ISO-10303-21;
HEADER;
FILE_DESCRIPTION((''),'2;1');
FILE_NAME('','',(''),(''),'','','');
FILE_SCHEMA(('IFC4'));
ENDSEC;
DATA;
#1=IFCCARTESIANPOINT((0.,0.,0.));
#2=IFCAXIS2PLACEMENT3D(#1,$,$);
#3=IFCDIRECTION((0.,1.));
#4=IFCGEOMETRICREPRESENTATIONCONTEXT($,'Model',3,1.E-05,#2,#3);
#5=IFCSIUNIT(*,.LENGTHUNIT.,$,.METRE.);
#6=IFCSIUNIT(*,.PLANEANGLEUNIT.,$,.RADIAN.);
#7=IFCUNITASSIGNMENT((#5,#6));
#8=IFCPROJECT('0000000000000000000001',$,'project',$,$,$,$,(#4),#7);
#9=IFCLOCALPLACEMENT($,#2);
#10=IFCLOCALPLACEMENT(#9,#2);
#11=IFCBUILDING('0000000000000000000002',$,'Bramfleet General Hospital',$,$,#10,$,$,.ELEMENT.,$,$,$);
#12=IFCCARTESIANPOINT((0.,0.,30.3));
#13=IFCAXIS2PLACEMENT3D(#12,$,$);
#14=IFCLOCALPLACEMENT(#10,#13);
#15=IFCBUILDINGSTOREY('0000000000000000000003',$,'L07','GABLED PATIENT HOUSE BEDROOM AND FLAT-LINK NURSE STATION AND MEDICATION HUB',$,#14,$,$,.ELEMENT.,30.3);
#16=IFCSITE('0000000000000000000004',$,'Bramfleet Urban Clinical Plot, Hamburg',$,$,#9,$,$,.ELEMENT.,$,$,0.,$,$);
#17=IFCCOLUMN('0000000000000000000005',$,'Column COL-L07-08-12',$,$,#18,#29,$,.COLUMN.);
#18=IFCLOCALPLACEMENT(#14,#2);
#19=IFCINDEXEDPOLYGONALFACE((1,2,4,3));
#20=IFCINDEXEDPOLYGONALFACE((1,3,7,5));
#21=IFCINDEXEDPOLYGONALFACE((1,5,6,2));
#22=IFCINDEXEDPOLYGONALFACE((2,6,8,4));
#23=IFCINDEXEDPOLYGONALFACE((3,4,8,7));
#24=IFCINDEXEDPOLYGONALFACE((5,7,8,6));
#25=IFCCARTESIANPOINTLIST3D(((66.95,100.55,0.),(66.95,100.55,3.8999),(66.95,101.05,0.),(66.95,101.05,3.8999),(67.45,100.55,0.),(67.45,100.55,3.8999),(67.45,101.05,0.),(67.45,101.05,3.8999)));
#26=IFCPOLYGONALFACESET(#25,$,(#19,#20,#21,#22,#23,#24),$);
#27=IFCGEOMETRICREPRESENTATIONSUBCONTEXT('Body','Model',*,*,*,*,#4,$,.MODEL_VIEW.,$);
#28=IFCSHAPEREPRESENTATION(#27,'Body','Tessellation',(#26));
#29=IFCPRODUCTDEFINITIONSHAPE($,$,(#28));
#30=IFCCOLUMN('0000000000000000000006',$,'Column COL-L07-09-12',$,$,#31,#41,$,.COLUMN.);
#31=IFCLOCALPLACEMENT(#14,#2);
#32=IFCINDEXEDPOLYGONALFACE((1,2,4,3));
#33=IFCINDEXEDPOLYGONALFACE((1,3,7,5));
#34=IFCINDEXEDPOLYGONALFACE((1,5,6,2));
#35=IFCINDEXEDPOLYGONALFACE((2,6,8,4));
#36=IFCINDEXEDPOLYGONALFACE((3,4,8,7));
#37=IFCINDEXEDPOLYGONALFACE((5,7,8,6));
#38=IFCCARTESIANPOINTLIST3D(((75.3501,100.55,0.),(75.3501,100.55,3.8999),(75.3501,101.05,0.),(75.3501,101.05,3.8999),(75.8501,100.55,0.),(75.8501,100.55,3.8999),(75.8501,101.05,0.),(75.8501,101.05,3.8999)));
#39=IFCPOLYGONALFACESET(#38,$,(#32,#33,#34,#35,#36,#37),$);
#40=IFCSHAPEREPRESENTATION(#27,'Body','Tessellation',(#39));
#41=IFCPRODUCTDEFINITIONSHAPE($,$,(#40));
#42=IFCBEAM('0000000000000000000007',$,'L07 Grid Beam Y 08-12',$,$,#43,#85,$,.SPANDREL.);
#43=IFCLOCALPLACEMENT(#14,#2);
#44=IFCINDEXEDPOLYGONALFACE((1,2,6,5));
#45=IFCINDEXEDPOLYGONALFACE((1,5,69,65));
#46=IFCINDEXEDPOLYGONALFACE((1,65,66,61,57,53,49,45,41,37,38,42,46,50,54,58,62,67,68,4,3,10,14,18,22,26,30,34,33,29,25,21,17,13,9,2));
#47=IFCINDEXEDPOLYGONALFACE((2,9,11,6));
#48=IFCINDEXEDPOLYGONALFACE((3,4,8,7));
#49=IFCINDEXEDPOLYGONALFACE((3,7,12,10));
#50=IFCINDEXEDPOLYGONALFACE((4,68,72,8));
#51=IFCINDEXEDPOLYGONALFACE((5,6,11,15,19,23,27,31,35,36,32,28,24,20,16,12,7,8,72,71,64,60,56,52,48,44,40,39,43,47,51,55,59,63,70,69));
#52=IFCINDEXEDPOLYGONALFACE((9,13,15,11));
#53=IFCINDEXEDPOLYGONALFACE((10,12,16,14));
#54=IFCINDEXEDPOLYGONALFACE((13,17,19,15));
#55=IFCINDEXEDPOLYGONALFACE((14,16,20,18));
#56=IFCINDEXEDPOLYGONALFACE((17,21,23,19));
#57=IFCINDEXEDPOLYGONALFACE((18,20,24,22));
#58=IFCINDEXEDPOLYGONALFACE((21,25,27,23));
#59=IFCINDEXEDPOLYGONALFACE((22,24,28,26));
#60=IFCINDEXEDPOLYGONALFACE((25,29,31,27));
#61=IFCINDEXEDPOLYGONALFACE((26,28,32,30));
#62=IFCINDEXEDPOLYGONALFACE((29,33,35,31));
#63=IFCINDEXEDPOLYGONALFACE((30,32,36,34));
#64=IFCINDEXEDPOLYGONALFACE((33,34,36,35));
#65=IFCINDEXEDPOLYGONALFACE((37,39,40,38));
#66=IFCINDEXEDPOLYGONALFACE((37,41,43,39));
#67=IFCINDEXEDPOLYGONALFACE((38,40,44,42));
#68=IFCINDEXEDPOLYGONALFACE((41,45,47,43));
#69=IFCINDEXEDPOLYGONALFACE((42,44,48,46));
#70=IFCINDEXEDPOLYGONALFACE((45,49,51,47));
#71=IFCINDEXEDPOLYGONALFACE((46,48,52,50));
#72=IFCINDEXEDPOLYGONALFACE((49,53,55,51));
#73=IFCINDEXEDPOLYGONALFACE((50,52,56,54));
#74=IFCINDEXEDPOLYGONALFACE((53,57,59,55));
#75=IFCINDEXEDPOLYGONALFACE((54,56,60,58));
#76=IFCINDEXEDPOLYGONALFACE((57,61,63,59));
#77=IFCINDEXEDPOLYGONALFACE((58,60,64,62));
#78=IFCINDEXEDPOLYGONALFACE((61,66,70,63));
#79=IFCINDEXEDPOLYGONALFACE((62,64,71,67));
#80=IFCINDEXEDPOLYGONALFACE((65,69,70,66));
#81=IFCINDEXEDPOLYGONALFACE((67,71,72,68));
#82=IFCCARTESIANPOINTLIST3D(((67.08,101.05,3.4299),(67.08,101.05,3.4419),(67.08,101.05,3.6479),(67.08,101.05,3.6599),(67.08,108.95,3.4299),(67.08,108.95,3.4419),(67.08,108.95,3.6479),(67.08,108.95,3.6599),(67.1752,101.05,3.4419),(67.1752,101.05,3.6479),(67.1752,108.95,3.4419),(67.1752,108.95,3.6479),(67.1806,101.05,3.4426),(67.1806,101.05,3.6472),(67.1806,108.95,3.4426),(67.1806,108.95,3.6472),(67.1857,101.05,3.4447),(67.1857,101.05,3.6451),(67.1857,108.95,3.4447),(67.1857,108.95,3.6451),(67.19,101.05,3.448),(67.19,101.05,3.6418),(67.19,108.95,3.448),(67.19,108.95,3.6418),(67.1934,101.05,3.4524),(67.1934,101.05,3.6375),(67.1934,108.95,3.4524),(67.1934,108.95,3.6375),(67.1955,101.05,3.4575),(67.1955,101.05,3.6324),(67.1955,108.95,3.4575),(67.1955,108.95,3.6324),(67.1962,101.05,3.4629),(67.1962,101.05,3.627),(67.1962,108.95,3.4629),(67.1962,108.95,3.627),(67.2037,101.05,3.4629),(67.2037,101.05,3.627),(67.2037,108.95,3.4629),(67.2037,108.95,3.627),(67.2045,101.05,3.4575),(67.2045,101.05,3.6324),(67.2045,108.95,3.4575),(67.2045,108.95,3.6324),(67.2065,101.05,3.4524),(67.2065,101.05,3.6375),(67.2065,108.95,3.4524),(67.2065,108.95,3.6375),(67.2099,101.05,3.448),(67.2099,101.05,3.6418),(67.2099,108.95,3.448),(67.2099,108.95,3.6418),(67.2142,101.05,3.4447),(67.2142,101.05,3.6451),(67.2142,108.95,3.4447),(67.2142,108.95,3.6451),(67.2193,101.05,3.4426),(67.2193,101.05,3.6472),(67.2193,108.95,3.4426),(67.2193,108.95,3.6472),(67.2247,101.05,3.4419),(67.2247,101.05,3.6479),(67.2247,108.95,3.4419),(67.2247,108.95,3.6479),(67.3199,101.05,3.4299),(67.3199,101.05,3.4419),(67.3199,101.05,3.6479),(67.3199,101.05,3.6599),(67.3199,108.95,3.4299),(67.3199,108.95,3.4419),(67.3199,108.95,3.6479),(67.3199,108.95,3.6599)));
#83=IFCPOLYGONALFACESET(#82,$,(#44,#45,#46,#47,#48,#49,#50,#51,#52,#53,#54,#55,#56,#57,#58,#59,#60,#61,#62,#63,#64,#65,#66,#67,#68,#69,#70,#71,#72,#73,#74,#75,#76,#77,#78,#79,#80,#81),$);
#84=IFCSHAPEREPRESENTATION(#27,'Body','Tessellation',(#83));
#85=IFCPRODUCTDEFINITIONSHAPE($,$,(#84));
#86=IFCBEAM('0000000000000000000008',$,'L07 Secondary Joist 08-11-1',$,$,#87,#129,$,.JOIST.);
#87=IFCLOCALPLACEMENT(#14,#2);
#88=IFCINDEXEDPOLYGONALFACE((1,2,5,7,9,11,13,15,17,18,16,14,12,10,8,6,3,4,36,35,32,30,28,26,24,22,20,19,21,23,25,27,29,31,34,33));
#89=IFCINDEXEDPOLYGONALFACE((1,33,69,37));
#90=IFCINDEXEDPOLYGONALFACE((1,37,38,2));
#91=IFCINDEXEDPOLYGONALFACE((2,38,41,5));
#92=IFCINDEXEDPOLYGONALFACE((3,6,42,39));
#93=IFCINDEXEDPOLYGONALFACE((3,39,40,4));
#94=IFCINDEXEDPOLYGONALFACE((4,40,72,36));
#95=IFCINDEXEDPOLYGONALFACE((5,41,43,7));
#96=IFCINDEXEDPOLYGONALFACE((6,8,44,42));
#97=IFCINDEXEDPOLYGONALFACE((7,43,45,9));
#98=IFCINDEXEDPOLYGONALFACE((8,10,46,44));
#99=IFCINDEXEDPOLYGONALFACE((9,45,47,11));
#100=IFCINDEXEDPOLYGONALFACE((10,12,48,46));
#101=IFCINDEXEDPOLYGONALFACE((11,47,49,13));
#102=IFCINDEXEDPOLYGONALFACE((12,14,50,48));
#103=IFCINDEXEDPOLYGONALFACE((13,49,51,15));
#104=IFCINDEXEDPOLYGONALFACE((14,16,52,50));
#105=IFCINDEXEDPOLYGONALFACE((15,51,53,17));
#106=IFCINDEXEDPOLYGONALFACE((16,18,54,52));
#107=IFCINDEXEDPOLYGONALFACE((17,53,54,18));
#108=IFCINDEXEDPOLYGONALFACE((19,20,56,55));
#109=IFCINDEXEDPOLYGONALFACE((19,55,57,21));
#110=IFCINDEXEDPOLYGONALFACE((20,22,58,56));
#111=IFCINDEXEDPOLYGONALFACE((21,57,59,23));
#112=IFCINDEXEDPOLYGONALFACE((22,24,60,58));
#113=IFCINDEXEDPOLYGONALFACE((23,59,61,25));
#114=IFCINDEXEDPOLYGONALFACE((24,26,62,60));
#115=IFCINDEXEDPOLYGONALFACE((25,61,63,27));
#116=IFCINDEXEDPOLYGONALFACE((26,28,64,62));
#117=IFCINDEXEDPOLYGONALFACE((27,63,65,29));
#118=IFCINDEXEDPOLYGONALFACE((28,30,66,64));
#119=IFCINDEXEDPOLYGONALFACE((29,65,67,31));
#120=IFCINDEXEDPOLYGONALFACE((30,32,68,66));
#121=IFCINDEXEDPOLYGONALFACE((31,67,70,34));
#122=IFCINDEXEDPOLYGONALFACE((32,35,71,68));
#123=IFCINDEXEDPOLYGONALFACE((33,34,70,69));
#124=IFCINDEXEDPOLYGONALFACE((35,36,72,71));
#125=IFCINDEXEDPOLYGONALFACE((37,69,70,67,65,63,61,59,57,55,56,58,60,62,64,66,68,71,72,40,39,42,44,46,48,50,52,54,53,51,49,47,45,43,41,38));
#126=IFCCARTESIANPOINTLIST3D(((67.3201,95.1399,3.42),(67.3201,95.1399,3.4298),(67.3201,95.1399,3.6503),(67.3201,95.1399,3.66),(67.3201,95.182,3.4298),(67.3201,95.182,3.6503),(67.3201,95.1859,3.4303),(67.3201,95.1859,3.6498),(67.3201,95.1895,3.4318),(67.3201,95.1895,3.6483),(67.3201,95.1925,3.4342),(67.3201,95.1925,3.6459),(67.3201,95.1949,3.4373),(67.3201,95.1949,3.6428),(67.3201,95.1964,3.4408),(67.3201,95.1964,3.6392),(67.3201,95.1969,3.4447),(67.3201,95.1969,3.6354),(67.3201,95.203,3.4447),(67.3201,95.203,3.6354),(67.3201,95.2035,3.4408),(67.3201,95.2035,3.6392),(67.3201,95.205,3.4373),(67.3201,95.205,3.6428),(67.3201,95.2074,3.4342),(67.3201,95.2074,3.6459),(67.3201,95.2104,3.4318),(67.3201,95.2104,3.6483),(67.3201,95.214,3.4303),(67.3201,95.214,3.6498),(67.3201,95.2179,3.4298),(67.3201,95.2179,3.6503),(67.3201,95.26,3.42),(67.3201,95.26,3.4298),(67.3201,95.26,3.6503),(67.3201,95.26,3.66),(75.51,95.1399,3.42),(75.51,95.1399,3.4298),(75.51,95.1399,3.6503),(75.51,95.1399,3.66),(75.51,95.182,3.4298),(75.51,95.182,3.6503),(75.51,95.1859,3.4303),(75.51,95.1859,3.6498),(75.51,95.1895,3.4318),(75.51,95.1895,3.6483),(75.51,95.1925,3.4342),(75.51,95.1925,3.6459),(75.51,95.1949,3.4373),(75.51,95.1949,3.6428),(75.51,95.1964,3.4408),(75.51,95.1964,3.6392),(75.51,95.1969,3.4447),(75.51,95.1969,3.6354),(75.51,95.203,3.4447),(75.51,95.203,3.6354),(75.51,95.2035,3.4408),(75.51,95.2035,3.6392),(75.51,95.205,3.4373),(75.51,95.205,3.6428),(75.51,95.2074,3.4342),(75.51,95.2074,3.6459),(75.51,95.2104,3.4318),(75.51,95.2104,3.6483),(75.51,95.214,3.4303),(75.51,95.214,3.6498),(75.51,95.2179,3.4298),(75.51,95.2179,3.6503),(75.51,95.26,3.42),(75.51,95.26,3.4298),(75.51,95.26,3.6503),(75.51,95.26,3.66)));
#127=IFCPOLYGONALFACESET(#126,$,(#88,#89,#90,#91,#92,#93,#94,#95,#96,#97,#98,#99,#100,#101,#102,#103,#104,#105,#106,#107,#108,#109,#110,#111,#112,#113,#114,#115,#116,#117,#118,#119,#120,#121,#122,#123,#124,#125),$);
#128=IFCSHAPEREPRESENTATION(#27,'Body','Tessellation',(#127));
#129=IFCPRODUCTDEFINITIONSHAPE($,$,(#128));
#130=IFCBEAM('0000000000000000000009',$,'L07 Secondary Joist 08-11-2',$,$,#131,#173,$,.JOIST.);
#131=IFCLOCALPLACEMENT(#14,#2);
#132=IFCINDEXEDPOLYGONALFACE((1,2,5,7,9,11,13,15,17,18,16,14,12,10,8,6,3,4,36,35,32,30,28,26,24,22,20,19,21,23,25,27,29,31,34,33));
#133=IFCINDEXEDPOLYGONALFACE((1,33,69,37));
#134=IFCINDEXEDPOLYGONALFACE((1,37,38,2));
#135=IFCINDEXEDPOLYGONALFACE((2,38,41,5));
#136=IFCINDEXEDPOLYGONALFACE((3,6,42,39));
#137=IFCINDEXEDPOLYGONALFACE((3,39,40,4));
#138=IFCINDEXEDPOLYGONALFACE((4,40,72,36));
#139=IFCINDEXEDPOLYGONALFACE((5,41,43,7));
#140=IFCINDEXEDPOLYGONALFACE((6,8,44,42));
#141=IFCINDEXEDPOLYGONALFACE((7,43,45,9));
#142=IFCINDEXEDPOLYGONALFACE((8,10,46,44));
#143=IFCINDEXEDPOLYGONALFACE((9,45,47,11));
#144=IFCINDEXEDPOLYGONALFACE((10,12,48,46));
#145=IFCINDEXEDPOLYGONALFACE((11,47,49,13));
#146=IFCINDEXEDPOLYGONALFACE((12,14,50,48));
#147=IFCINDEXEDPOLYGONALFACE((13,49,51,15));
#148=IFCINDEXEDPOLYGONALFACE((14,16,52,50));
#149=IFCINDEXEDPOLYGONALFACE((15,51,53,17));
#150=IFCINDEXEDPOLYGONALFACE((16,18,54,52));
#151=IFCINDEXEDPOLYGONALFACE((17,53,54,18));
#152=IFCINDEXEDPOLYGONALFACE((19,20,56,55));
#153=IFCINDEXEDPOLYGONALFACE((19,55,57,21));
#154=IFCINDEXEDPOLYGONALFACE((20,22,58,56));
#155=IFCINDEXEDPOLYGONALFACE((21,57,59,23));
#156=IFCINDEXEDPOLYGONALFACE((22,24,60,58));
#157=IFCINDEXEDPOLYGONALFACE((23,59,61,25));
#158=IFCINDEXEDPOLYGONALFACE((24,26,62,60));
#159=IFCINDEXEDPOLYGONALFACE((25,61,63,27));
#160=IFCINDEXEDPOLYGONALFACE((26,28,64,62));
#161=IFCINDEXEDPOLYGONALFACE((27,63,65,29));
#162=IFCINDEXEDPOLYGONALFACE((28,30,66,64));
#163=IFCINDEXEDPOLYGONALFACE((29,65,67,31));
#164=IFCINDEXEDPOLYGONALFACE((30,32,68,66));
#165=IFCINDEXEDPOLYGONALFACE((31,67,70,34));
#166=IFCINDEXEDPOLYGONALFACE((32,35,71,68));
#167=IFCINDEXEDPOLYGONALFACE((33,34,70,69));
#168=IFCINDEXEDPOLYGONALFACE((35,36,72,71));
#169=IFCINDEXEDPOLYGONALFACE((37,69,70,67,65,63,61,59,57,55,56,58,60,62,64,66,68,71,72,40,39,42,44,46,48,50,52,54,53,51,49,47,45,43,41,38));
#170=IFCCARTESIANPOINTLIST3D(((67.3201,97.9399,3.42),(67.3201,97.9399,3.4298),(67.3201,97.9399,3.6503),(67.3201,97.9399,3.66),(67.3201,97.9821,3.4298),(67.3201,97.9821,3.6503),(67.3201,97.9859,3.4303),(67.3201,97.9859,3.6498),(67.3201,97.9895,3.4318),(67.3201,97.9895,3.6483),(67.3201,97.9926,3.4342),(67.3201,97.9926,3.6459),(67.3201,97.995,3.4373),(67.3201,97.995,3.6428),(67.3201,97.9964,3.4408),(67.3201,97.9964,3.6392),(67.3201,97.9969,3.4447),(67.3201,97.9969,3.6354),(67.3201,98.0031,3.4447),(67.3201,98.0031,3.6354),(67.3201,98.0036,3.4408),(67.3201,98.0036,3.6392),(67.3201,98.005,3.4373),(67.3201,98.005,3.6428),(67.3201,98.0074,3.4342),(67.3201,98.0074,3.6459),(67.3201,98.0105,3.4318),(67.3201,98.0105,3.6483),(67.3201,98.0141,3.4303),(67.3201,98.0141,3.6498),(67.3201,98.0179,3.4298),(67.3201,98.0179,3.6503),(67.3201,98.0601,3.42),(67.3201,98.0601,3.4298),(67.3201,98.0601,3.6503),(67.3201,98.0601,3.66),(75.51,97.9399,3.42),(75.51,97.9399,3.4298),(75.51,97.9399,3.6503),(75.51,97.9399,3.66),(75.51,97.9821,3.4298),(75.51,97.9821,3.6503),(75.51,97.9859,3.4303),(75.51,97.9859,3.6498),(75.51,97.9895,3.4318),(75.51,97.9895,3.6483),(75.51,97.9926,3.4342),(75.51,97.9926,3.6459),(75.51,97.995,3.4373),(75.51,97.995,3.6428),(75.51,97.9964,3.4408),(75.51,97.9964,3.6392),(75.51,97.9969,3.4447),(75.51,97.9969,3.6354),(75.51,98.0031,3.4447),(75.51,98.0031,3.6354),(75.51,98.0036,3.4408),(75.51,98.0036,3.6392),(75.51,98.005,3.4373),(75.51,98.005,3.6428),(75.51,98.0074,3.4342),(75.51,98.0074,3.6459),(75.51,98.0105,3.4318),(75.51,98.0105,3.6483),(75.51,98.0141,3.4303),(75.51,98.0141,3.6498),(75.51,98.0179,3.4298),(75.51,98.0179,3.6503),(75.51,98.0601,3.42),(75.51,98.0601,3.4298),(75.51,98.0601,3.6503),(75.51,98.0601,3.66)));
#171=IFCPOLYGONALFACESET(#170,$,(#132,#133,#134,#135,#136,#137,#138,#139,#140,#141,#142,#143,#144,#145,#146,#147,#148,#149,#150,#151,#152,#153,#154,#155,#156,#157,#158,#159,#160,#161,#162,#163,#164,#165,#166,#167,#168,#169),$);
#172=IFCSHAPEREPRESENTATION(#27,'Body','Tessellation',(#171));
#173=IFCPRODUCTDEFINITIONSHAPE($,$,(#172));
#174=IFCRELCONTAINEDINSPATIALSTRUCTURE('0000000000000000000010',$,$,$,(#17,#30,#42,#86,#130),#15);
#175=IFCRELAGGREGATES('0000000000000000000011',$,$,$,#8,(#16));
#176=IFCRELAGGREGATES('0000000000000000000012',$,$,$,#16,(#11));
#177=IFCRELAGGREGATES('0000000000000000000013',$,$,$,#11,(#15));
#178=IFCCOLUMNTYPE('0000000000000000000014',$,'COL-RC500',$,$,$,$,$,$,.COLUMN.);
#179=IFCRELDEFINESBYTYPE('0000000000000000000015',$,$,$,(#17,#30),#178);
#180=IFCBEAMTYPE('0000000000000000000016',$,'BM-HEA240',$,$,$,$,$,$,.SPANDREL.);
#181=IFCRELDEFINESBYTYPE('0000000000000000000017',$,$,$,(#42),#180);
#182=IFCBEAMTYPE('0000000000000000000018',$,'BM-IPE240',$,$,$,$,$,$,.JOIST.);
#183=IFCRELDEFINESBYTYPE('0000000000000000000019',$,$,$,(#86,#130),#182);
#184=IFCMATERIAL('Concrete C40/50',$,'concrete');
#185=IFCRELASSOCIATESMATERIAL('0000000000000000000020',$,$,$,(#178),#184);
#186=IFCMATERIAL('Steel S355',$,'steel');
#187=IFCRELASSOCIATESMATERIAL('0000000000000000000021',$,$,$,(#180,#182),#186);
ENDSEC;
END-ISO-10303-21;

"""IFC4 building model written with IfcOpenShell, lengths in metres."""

from ifc_helpers import new_model, si_unit, direction, frame, origin, origin_2d, place, context, subcontext, project, spatial, rectangle, i_section, extrude, material, material_profile, profile_set, type_object, element, save


model = new_model("IFC4")

# Units and contexts
model_context = context("Model", 3, precision=1e-05, world=origin(), true_north=direction((0.0, 1.0)))
body_context = subcontext(model_context, "Body", "Model", "MODEL_VIEW")
ifc_project = project(units=[si_unit("LENGTHUNIT", "METRE"), si_unit("PLANEANGLEUNIT", "RADIAN")], contexts=[model_context])

# Site, building, storey
site_placement = place(None, origin())
site = spatial("IfcSite", under=ifc_project, at=site_placement, Name="Bramfleet Urban Clinical Plot, Hamburg", CompositionType="ELEMENT", RefElevation=0.0)
building_placement = place(site_placement, origin())
building = spatial("IfcBuilding", under=site, at=building_placement, Name="Bramfleet General Hospital", CompositionType="ELEMENT")
storey_placement = place(building_placement, frame((0.0, 0.0, 30.3)))
storey = spatial("IfcBuildingStorey", under=building, at=storey_placement, Name="L07", Description="GABLED PATIENT HOUSE BEDROOM AND FLAT-LINK NURSE STATION AND MEDICATION HUB", CompositionType="ELEMENT", Elevation=30.3)

# Columns
ifc_material_1 = material(Name="Concrete C40/50", Category="concrete")
ifc_material_profile_1 = material_profile(ifc_material_1, rectangle(XDim=0.5, YDim=0.5, at=origin_2d()), Name="RC COL 500x500")
ifc_profile_set_1 = profile_set([ifc_material_profile_1], Name="Concrete C40/50")
column_type = type_object("IfcColumnType", Name="COL-RC500", PredefinedType="COLUMN", material=ifc_profile_set_1)
for number, where, z_axis, x_axis, name in (
    (1, (67.2, 100.8, 0.0), (0.0, 0.0, 1.0), (1.0, 0.0, 0.0), "Column COL-L07-08-12"),
    (2, (75.6001, 100.8, 0.0), (0.0, 0.0, 1.0), (1.0, 0.0, 0.0), "Column COL-L07-09-12"),
):
    element("IfcColumn", number, at=place(storey_placement, frame(where, z_axis=z_axis, x_axis=x_axis)), inside=storey, type_object=column_type, Name=name, PredefinedType="COLUMN", context=body_context, shape_type="SweptSolid", body=[
        extrude(rectangle(XDim=0.5, YDim=0.5, at=origin_2d()), origin(), (0.0, 0.0, 1.0), 3.8999),
    ])

# Beams
ifc_material_2 = material(Name="Steel S355", Category="steel")
ifc_material_profile_2 = material_profile(ifc_material_2, i_section(OverallWidth=0.24, OverallDepth=0.23, WebThickness=0.0076, FlangeThickness=0.012, FilletRadius=0.021, at=origin_2d()), Name="HEA 240")
ifc_profile_set_2 = profile_set([ifc_material_profile_2], Name="Steel S355")
beam_type_1 = type_object("IfcBeamType", Name="BM-HEA240", PredefinedType="SPANDREL", material=ifc_profile_set_2)
beam_1_placement = place(storey_placement, frame((67.2, 101.05, 3.5449), z_axis=(0.0, 1.0, 0.0), x_axis=(-1.0, 0.0, 0.0)))
element("IfcBeam", 3, at=beam_1_placement, inside=storey, type_object=beam_type_1, Name="L07 Grid Beam Y 08-12", PredefinedType="SPANDREL", context=body_context, shape_type="SweptSolid", body=[
    extrude(i_section(OverallWidth=0.24, OverallDepth=0.23, WebThickness=0.0076, FlangeThickness=0.012, FilletRadius=0.021, at=origin_2d()), origin(), (0.0, 0.0, 1.0), 7.8999),
])
ifc_material_profile_3 = material_profile(ifc_material_2, i_section(OverallWidth=0.1201, OverallDepth=0.24, WebThickness=0.0061, FlangeThickness=0.0098, FilletRadius=0.0149, at=origin_2d()), Name="IPE 240")
ifc_profile_set_3 = profile_set([ifc_material_profile_3], Name="Steel S355")
beam_type_2 = type_object("IfcBeamType", Name="BM-IPE240", PredefinedType="JOIST", material=ifc_profile_set_3)
for number, where, z_axis, x_axis, name in (
    (4, (67.3201, 95.2, 3.54), (1.0, 0.0, 0.0), (0.0, 1.0, 0.0), "L07 Secondary Joist 08-11-1"),
    (5, (67.3201, 98.0, 3.54), (1.0, 0.0, 0.0), (0.0, 1.0, 0.0), "L07 Secondary Joist 08-11-2"),
):
    element("IfcBeam", number, at=place(storey_placement, frame(where, z_axis=z_axis, x_axis=x_axis)), inside=storey, type_object=beam_type_2, Name=name, PredefinedType="JOIST", context=body_context, shape_type="SweptSolid", body=[
        extrude(i_section(OverallWidth=0.1201, OverallDepth=0.24, WebThickness=0.0061, FlangeThickness=0.0098, FilletRadius=0.0149, at=origin_2d()), origin(), (0.0, 0.0, 1.0), 8.1899),
    ])

save(model, "model.ifc")
